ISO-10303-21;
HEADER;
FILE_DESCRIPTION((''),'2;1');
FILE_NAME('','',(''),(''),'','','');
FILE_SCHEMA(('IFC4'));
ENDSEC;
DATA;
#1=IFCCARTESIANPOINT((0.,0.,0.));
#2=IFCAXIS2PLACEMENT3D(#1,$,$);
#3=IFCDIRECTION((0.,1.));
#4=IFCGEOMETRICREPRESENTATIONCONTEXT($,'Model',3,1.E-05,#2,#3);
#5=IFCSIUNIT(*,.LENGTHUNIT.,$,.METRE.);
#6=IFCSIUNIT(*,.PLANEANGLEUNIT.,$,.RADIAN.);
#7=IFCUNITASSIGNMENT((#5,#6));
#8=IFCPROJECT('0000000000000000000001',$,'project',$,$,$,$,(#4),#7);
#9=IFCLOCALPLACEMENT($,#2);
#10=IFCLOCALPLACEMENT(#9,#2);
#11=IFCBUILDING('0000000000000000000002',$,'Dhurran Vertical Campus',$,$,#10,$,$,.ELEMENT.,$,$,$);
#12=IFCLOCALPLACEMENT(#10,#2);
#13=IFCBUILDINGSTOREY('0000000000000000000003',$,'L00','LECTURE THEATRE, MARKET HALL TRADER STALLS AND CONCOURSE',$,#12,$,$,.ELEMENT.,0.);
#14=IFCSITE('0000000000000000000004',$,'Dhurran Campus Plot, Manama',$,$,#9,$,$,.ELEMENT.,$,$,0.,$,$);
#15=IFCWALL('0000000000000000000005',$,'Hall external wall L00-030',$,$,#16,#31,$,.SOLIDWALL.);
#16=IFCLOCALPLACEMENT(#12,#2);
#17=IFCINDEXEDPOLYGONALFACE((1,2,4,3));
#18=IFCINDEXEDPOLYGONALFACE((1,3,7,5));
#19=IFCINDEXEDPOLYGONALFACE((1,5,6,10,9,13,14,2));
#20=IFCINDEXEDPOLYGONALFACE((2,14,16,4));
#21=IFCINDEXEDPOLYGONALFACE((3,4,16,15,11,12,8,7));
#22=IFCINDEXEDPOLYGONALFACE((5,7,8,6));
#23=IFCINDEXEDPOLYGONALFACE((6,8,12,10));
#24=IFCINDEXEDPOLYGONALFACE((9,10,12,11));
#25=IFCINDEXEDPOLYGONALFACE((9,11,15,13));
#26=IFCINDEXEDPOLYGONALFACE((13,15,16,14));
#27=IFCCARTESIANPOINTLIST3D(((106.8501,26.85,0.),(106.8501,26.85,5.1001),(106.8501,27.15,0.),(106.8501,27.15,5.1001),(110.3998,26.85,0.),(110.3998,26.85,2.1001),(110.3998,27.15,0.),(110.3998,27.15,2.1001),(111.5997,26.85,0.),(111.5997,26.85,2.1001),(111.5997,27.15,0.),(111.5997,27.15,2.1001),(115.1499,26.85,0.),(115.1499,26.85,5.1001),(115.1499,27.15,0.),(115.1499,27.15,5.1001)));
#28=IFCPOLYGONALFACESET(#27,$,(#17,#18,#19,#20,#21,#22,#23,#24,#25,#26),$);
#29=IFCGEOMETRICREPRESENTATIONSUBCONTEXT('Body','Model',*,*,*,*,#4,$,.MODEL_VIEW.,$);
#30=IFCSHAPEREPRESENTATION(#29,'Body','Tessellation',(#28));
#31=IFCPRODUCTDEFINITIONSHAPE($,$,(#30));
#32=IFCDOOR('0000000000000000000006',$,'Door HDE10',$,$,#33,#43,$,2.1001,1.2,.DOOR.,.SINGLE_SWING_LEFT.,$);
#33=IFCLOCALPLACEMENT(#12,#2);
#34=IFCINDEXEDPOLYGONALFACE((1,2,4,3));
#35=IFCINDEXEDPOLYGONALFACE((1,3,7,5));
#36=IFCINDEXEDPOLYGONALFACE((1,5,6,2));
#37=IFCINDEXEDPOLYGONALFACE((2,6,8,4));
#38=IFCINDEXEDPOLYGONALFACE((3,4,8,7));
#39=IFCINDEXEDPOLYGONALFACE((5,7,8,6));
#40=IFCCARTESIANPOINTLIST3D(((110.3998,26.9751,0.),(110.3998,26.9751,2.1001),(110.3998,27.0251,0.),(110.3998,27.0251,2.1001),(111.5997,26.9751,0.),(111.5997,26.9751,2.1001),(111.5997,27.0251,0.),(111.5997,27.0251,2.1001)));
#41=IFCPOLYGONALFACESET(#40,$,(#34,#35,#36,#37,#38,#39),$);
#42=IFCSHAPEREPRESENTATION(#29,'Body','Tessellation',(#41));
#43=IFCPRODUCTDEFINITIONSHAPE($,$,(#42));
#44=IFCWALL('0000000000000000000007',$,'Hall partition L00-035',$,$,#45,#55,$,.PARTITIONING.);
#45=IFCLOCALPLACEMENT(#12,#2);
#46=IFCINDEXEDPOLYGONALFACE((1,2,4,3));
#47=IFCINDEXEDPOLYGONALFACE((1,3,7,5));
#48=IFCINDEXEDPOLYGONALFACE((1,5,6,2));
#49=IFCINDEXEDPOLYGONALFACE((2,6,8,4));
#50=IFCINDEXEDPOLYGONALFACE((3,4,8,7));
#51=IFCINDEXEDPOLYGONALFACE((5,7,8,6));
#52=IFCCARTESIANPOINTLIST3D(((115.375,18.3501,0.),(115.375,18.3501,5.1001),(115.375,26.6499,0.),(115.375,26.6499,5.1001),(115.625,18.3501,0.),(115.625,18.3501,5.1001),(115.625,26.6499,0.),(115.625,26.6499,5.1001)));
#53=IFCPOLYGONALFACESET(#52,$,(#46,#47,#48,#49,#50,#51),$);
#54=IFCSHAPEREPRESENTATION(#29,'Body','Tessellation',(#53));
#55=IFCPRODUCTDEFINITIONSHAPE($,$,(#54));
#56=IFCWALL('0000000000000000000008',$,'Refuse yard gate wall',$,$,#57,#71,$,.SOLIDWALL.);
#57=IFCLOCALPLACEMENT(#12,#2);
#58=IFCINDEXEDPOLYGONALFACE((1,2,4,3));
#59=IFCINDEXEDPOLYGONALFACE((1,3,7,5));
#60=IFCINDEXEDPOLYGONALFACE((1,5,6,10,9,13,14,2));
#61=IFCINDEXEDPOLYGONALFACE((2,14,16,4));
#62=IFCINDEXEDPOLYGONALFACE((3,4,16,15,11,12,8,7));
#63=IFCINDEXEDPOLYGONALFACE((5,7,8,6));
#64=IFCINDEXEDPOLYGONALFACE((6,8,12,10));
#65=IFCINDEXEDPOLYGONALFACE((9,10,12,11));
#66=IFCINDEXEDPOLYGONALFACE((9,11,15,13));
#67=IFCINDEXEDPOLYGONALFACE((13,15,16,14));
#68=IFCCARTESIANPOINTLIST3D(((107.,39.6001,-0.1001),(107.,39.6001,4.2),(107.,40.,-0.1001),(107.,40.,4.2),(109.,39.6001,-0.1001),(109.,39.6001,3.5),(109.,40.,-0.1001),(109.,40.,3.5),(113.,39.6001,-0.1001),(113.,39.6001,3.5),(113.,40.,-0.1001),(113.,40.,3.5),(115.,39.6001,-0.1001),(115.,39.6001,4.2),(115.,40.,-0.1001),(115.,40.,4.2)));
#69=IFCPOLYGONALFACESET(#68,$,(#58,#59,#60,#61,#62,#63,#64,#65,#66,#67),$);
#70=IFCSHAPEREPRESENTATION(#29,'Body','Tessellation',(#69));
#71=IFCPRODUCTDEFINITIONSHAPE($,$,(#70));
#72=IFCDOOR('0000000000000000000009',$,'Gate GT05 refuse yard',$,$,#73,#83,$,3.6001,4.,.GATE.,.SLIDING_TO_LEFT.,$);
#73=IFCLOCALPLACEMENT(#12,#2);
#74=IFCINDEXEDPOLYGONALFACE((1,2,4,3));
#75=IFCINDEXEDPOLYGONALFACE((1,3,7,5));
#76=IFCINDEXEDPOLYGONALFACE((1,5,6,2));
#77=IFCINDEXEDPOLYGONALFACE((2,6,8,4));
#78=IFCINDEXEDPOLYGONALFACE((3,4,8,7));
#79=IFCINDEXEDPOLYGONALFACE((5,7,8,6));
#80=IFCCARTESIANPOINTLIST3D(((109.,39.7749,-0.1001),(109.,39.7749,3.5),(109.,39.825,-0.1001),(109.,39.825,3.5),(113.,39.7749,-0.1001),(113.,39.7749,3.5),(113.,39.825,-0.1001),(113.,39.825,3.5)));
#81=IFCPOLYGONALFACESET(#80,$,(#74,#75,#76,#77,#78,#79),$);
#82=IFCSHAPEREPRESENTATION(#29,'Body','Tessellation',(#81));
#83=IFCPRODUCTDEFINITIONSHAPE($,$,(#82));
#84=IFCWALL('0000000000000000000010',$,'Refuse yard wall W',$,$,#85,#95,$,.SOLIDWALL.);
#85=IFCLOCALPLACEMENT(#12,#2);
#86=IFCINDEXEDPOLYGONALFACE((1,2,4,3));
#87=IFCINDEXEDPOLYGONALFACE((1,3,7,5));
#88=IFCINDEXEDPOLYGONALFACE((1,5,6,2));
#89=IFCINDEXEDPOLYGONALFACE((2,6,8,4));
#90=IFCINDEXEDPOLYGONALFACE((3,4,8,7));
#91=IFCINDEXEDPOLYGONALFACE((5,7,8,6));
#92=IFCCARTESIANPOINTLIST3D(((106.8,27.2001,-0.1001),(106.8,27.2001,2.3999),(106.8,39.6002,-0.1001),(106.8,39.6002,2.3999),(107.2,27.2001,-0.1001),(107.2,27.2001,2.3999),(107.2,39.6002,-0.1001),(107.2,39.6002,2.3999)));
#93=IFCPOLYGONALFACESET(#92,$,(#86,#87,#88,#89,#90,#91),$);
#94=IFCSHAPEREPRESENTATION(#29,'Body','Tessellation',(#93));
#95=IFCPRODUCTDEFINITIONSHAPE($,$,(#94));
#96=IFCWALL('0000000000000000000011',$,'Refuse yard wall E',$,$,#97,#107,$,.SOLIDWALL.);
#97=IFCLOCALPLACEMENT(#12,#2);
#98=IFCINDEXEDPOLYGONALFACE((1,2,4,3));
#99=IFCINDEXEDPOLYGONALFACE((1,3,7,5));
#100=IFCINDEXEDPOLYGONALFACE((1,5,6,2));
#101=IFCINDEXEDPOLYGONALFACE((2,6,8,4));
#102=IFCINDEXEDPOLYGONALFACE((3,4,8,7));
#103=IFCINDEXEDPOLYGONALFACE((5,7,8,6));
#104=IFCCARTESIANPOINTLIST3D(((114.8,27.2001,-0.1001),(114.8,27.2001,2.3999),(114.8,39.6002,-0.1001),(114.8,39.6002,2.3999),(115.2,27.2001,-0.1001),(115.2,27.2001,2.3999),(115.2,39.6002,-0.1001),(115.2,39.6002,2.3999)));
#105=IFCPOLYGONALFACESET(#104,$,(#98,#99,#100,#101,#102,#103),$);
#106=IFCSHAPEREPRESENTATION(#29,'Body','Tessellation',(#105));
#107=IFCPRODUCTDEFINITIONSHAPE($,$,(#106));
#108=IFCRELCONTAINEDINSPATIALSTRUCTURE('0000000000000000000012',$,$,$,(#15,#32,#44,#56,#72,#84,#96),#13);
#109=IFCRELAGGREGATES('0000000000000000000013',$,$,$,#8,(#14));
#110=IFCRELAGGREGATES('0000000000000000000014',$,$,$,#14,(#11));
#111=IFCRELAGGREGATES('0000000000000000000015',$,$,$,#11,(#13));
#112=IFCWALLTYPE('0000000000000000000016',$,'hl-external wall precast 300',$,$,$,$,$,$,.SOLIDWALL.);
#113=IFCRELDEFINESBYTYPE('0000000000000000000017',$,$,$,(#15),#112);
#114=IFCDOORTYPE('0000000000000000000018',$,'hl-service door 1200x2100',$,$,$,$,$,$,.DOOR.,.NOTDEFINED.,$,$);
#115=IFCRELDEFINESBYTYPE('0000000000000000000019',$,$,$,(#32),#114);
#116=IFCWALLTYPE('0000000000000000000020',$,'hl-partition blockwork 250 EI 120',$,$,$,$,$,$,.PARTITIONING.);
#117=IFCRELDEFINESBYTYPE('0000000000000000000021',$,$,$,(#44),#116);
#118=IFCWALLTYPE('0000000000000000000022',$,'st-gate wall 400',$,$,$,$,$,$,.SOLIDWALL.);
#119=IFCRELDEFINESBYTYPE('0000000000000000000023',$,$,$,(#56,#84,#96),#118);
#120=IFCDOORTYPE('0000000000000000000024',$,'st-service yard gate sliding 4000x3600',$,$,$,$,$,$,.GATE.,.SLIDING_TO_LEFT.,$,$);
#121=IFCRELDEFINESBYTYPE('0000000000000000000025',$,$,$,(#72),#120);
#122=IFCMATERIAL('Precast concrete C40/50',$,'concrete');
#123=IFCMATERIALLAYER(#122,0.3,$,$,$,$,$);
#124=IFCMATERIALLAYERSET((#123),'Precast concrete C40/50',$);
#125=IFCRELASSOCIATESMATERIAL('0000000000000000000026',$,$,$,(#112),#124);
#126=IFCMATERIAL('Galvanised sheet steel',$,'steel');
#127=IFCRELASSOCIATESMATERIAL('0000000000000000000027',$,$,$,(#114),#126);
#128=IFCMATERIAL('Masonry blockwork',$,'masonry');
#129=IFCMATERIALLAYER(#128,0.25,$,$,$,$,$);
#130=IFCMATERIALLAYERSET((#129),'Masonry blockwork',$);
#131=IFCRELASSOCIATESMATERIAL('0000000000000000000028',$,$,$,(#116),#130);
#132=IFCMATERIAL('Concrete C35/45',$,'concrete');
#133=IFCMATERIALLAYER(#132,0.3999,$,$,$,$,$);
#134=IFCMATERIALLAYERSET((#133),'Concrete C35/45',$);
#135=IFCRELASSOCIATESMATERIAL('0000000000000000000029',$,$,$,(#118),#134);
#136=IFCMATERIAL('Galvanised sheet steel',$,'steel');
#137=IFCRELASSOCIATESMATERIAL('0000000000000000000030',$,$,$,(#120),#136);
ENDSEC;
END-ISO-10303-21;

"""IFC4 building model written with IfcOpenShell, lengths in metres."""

from ifc_helpers import new_model, si_unit, direction, frame, frame_2d, origin, place, context, subcontext, project, spatial, rectangle, extrude, material, layer, layer_set, type_object, element, fill, save


model = new_model("IFC4")

# Units and contexts
model_context = context("Model", 3, precision=1e-05, world=origin(), true_north=direction((0.0, 1.0)))
body_context = subcontext(model_context, "Body", "Model", "MODEL_VIEW")
ifc_project = project(units=[si_unit("LENGTHUNIT", "METRE"), si_unit("PLANEANGLEUNIT", "RADIAN")], contexts=[model_context])

# Site, building, storey
site_placement = place(None, origin())
site = spatial("IfcSite", under=ifc_project, at=site_placement, Name="Dhurran Campus Plot, Manama", CompositionType="ELEMENT", RefElevation=0.0)
building_placement = place(site_placement, origin())
building = spatial("IfcBuilding", under=site, at=building_placement, Name="Dhurran Vertical Campus", CompositionType="ELEMENT")
storey_placement = place(building_placement, origin())
storey = spatial("IfcBuildingStorey", under=building, at=storey_placement, Name="L00", Description="LECTURE THEATRE, MARKET HALL TRADER STALLS AND CONCOURSE", CompositionType="ELEMENT", Elevation=0.0)

# Wall, opening, door
ifc_material_1 = material(Name="Precast concrete C40/50", Category="concrete")
ifc_layer_1 = layer(ifc_material_1, 0.3)
ifc_layer_set_1 = layer_set([ifc_layer_1], Name="Precast concrete C40/50")
wall_type_1 = type_object("IfcWallType", Name="hl-external wall precast 300", PredefinedType="SOLIDWALL", material=ifc_layer_set_1)
wall_1_placement = place(storey_placement, frame((115.1499, 27.0, 0.0), z_axis=(0.0, 0.0, 1.0), x_axis=(-1.0, 0.0, 0.0)))
wall_1 = element("IfcWall", 1, at=wall_1_placement, inside=storey, type_object=wall_type_1, Name="Hall external wall L00-030", PredefinedType="SOLIDWALL", context=body_context, shape_type="SweptSolid", body=[
    extrude(rectangle(XDim=8.2998, YDim=0.3, at=frame_2d((4.1499, 0.0))), origin(), (0.0, 0.0, 1.0), 5.1001),
])
opening_1_placement = place(wall_1_placement, frame((3.55, 0.0, 0.0)))
opening_1 = element("IfcOpeningElement", 2, at=opening_1_placement, cuts=wall_1, PredefinedType="OPENING", context=body_context, shape_type="SweptSolid", body=[
    extrude(rectangle(XDim=1.2, YDim=2.1001, at=frame_2d((0.6001, 1.05))), frame((0.0, 0.1599, 0.0), z_axis=(0.0, -1.0, 0.0), x_axis=(1.0, 0.0, 0.0)), (0.0, 0.0, 1.0), 0.3201),
])
ifc_material_2 = material(Name="Galvanised sheet steel", Category="steel")
door_type_1 = type_object("IfcDoorType", Name="hl-service door 1200x2100", OperationType="NOTDEFINED", PredefinedType="DOOR", material=ifc_material_2)
door_1_placement = place(opening_1_placement, origin())
door_1 = element("IfcDoor", 3, at=door_1_placement, inside=storey, type_object=door_type_1, Name="Door HDE10", OperationType="SINGLE_SWING_LEFT", OverallHeight=2.1001, OverallWidth=1.2, PredefinedType="DOOR", context=body_context, shape_type="SweptSolid", body=[
    extrude(rectangle(XDim=1.2, YDim=2.1001, at=frame_2d((0.6001, 1.05))), frame((0.0, 0.0249, 0.0), z_axis=(0.0, -1.0, 0.0), x_axis=(1.0, 0.0, 0.0)), (0.0, 0.0, 1.0), 0.05),
])
fill(opening_1, door_1)

# Wall
ifc_material_3 = material(Name="Masonry blockwork", Category="masonry")
ifc_layer_2 = layer(ifc_material_3, 0.25)
ifc_layer_set_2 = layer_set([ifc_layer_2], Name="Masonry blockwork")
wall_type_2 = type_object("IfcWallType", Name="hl-partition blockwork 250 EI 120", PredefinedType="PARTITIONING", material=ifc_layer_set_2)
wall_2_placement = place(storey_placement, frame((115.5, 18.3501, 0.0), z_axis=(0.0, 0.0, 1.0), x_axis=(0.0, 1.0, 0.0)))
element("IfcWall", 4, at=wall_2_placement, inside=storey, type_object=wall_type_2, Name="Hall partition L00-035", PredefinedType="PARTITIONING", context=body_context, shape_type="SweptSolid", body=[
    extrude(rectangle(XDim=8.2998, YDim=0.25, at=frame_2d((4.1499, 0.0))), origin(), (0.0, 0.0, 1.0), 5.1001),
])

# Wall, opening, door
ifc_material_4 = material(Name="Concrete C35/45", Category="concrete")
ifc_layer_3 = layer(ifc_material_4, 0.3999)
ifc_layer_set_3 = layer_set([ifc_layer_3], Name="Concrete C35/45")
wall_type_3 = type_object("IfcWallType", Name="st-gate wall 400", PredefinedType="SOLIDWALL", material=ifc_layer_set_3)
wall_3_placement = place(storey_placement, frame((107.0, 39.8, -0.1001), z_axis=(0.0, 0.0, 1.0), x_axis=(1.0, 0.0, 0.0)))
wall_3 = element("IfcWall", 5, at=wall_3_placement, inside=storey, type_object=wall_type_3, Name="Refuse yard gate wall", PredefinedType="SOLIDWALL", context=body_context, shape_type="SweptSolid", body=[
    extrude(rectangle(XDim=8.0, YDim=0.3999, at=frame_2d((4.0, 0.0))), origin(), (0.0, 0.0, 1.0), 4.3),
])
opening_2_placement = place(wall_3_placement, frame((2.0, 0.0, 0.0)))
opening_2 = element("IfcOpeningElement", 6, at=opening_2_placement, cuts=wall_3, PredefinedType="OPENING", context=body_context, shape_type="SweptSolid", body=[
    extrude(rectangle(XDim=4.0, YDim=3.6001, at=frame_2d((2.0, 1.8))), frame((0.0, 0.21, 0.0), z_axis=(0.0, -1.0, 0.0), x_axis=(1.0, 0.0, 0.0)), (0.0, 0.0, 1.0), 0.4199),
])
ifc_material_5 = material(Name="Galvanised sheet steel", Category="steel")
door_type_2 = type_object("IfcDoorType", Name="st-service yard gate sliding 4000x3600", OperationType="SLIDING_TO_LEFT", PredefinedType="GATE", material=ifc_material_5)
door_2_placement = place(opening_2_placement, origin())
door_2 = element("IfcDoor", 7, at=door_2_placement, inside=storey, type_object=door_type_2, Name="Gate GT05 refuse yard", OperationType="SLIDING_TO_LEFT", OverallHeight=3.6001, OverallWidth=4.0, PredefinedType="GATE", context=body_context, shape_type="SweptSolid", body=[
    extrude(rectangle(XDim=4.0, YDim=3.6001, at=frame_2d((2.0, 1.8))), frame((0.0, 0.0249, 0.0), z_axis=(0.0, -1.0, 0.0), x_axis=(1.0, 0.0, 0.0)), (0.0, 0.0, 1.0), 0.05),
])
fill(opening_2, door_2)

# Walls
for number, where, z_axis, x_axis, name in (
    (8, (107.0, 27.2, -0.1001), (0.0, 0.0, 1.0), (0.0, 1.0, 0.0), "Refuse yard wall W"),
    (9, (115.0, 27.2, -0.1001), (0.0, 0.0, 1.0), (0.0, 1.0, 0.0), "Refuse yard wall E"),
):
    element("IfcWall", number, at=place(storey_placement, frame(where, z_axis=z_axis, x_axis=x_axis)), inside=storey, type_object=wall_type_3, Name=name, PredefinedType="SOLIDWALL", context=body_context, shape_type="SweptSolid", body=[
        extrude(rectangle(XDim=12.4001, YDim=0.3999, at=frame_2d((6.2002, 0.0))), origin(), (0.0, 0.0, 1.0), 2.5),
    ])

save(model, "model.ifc")
